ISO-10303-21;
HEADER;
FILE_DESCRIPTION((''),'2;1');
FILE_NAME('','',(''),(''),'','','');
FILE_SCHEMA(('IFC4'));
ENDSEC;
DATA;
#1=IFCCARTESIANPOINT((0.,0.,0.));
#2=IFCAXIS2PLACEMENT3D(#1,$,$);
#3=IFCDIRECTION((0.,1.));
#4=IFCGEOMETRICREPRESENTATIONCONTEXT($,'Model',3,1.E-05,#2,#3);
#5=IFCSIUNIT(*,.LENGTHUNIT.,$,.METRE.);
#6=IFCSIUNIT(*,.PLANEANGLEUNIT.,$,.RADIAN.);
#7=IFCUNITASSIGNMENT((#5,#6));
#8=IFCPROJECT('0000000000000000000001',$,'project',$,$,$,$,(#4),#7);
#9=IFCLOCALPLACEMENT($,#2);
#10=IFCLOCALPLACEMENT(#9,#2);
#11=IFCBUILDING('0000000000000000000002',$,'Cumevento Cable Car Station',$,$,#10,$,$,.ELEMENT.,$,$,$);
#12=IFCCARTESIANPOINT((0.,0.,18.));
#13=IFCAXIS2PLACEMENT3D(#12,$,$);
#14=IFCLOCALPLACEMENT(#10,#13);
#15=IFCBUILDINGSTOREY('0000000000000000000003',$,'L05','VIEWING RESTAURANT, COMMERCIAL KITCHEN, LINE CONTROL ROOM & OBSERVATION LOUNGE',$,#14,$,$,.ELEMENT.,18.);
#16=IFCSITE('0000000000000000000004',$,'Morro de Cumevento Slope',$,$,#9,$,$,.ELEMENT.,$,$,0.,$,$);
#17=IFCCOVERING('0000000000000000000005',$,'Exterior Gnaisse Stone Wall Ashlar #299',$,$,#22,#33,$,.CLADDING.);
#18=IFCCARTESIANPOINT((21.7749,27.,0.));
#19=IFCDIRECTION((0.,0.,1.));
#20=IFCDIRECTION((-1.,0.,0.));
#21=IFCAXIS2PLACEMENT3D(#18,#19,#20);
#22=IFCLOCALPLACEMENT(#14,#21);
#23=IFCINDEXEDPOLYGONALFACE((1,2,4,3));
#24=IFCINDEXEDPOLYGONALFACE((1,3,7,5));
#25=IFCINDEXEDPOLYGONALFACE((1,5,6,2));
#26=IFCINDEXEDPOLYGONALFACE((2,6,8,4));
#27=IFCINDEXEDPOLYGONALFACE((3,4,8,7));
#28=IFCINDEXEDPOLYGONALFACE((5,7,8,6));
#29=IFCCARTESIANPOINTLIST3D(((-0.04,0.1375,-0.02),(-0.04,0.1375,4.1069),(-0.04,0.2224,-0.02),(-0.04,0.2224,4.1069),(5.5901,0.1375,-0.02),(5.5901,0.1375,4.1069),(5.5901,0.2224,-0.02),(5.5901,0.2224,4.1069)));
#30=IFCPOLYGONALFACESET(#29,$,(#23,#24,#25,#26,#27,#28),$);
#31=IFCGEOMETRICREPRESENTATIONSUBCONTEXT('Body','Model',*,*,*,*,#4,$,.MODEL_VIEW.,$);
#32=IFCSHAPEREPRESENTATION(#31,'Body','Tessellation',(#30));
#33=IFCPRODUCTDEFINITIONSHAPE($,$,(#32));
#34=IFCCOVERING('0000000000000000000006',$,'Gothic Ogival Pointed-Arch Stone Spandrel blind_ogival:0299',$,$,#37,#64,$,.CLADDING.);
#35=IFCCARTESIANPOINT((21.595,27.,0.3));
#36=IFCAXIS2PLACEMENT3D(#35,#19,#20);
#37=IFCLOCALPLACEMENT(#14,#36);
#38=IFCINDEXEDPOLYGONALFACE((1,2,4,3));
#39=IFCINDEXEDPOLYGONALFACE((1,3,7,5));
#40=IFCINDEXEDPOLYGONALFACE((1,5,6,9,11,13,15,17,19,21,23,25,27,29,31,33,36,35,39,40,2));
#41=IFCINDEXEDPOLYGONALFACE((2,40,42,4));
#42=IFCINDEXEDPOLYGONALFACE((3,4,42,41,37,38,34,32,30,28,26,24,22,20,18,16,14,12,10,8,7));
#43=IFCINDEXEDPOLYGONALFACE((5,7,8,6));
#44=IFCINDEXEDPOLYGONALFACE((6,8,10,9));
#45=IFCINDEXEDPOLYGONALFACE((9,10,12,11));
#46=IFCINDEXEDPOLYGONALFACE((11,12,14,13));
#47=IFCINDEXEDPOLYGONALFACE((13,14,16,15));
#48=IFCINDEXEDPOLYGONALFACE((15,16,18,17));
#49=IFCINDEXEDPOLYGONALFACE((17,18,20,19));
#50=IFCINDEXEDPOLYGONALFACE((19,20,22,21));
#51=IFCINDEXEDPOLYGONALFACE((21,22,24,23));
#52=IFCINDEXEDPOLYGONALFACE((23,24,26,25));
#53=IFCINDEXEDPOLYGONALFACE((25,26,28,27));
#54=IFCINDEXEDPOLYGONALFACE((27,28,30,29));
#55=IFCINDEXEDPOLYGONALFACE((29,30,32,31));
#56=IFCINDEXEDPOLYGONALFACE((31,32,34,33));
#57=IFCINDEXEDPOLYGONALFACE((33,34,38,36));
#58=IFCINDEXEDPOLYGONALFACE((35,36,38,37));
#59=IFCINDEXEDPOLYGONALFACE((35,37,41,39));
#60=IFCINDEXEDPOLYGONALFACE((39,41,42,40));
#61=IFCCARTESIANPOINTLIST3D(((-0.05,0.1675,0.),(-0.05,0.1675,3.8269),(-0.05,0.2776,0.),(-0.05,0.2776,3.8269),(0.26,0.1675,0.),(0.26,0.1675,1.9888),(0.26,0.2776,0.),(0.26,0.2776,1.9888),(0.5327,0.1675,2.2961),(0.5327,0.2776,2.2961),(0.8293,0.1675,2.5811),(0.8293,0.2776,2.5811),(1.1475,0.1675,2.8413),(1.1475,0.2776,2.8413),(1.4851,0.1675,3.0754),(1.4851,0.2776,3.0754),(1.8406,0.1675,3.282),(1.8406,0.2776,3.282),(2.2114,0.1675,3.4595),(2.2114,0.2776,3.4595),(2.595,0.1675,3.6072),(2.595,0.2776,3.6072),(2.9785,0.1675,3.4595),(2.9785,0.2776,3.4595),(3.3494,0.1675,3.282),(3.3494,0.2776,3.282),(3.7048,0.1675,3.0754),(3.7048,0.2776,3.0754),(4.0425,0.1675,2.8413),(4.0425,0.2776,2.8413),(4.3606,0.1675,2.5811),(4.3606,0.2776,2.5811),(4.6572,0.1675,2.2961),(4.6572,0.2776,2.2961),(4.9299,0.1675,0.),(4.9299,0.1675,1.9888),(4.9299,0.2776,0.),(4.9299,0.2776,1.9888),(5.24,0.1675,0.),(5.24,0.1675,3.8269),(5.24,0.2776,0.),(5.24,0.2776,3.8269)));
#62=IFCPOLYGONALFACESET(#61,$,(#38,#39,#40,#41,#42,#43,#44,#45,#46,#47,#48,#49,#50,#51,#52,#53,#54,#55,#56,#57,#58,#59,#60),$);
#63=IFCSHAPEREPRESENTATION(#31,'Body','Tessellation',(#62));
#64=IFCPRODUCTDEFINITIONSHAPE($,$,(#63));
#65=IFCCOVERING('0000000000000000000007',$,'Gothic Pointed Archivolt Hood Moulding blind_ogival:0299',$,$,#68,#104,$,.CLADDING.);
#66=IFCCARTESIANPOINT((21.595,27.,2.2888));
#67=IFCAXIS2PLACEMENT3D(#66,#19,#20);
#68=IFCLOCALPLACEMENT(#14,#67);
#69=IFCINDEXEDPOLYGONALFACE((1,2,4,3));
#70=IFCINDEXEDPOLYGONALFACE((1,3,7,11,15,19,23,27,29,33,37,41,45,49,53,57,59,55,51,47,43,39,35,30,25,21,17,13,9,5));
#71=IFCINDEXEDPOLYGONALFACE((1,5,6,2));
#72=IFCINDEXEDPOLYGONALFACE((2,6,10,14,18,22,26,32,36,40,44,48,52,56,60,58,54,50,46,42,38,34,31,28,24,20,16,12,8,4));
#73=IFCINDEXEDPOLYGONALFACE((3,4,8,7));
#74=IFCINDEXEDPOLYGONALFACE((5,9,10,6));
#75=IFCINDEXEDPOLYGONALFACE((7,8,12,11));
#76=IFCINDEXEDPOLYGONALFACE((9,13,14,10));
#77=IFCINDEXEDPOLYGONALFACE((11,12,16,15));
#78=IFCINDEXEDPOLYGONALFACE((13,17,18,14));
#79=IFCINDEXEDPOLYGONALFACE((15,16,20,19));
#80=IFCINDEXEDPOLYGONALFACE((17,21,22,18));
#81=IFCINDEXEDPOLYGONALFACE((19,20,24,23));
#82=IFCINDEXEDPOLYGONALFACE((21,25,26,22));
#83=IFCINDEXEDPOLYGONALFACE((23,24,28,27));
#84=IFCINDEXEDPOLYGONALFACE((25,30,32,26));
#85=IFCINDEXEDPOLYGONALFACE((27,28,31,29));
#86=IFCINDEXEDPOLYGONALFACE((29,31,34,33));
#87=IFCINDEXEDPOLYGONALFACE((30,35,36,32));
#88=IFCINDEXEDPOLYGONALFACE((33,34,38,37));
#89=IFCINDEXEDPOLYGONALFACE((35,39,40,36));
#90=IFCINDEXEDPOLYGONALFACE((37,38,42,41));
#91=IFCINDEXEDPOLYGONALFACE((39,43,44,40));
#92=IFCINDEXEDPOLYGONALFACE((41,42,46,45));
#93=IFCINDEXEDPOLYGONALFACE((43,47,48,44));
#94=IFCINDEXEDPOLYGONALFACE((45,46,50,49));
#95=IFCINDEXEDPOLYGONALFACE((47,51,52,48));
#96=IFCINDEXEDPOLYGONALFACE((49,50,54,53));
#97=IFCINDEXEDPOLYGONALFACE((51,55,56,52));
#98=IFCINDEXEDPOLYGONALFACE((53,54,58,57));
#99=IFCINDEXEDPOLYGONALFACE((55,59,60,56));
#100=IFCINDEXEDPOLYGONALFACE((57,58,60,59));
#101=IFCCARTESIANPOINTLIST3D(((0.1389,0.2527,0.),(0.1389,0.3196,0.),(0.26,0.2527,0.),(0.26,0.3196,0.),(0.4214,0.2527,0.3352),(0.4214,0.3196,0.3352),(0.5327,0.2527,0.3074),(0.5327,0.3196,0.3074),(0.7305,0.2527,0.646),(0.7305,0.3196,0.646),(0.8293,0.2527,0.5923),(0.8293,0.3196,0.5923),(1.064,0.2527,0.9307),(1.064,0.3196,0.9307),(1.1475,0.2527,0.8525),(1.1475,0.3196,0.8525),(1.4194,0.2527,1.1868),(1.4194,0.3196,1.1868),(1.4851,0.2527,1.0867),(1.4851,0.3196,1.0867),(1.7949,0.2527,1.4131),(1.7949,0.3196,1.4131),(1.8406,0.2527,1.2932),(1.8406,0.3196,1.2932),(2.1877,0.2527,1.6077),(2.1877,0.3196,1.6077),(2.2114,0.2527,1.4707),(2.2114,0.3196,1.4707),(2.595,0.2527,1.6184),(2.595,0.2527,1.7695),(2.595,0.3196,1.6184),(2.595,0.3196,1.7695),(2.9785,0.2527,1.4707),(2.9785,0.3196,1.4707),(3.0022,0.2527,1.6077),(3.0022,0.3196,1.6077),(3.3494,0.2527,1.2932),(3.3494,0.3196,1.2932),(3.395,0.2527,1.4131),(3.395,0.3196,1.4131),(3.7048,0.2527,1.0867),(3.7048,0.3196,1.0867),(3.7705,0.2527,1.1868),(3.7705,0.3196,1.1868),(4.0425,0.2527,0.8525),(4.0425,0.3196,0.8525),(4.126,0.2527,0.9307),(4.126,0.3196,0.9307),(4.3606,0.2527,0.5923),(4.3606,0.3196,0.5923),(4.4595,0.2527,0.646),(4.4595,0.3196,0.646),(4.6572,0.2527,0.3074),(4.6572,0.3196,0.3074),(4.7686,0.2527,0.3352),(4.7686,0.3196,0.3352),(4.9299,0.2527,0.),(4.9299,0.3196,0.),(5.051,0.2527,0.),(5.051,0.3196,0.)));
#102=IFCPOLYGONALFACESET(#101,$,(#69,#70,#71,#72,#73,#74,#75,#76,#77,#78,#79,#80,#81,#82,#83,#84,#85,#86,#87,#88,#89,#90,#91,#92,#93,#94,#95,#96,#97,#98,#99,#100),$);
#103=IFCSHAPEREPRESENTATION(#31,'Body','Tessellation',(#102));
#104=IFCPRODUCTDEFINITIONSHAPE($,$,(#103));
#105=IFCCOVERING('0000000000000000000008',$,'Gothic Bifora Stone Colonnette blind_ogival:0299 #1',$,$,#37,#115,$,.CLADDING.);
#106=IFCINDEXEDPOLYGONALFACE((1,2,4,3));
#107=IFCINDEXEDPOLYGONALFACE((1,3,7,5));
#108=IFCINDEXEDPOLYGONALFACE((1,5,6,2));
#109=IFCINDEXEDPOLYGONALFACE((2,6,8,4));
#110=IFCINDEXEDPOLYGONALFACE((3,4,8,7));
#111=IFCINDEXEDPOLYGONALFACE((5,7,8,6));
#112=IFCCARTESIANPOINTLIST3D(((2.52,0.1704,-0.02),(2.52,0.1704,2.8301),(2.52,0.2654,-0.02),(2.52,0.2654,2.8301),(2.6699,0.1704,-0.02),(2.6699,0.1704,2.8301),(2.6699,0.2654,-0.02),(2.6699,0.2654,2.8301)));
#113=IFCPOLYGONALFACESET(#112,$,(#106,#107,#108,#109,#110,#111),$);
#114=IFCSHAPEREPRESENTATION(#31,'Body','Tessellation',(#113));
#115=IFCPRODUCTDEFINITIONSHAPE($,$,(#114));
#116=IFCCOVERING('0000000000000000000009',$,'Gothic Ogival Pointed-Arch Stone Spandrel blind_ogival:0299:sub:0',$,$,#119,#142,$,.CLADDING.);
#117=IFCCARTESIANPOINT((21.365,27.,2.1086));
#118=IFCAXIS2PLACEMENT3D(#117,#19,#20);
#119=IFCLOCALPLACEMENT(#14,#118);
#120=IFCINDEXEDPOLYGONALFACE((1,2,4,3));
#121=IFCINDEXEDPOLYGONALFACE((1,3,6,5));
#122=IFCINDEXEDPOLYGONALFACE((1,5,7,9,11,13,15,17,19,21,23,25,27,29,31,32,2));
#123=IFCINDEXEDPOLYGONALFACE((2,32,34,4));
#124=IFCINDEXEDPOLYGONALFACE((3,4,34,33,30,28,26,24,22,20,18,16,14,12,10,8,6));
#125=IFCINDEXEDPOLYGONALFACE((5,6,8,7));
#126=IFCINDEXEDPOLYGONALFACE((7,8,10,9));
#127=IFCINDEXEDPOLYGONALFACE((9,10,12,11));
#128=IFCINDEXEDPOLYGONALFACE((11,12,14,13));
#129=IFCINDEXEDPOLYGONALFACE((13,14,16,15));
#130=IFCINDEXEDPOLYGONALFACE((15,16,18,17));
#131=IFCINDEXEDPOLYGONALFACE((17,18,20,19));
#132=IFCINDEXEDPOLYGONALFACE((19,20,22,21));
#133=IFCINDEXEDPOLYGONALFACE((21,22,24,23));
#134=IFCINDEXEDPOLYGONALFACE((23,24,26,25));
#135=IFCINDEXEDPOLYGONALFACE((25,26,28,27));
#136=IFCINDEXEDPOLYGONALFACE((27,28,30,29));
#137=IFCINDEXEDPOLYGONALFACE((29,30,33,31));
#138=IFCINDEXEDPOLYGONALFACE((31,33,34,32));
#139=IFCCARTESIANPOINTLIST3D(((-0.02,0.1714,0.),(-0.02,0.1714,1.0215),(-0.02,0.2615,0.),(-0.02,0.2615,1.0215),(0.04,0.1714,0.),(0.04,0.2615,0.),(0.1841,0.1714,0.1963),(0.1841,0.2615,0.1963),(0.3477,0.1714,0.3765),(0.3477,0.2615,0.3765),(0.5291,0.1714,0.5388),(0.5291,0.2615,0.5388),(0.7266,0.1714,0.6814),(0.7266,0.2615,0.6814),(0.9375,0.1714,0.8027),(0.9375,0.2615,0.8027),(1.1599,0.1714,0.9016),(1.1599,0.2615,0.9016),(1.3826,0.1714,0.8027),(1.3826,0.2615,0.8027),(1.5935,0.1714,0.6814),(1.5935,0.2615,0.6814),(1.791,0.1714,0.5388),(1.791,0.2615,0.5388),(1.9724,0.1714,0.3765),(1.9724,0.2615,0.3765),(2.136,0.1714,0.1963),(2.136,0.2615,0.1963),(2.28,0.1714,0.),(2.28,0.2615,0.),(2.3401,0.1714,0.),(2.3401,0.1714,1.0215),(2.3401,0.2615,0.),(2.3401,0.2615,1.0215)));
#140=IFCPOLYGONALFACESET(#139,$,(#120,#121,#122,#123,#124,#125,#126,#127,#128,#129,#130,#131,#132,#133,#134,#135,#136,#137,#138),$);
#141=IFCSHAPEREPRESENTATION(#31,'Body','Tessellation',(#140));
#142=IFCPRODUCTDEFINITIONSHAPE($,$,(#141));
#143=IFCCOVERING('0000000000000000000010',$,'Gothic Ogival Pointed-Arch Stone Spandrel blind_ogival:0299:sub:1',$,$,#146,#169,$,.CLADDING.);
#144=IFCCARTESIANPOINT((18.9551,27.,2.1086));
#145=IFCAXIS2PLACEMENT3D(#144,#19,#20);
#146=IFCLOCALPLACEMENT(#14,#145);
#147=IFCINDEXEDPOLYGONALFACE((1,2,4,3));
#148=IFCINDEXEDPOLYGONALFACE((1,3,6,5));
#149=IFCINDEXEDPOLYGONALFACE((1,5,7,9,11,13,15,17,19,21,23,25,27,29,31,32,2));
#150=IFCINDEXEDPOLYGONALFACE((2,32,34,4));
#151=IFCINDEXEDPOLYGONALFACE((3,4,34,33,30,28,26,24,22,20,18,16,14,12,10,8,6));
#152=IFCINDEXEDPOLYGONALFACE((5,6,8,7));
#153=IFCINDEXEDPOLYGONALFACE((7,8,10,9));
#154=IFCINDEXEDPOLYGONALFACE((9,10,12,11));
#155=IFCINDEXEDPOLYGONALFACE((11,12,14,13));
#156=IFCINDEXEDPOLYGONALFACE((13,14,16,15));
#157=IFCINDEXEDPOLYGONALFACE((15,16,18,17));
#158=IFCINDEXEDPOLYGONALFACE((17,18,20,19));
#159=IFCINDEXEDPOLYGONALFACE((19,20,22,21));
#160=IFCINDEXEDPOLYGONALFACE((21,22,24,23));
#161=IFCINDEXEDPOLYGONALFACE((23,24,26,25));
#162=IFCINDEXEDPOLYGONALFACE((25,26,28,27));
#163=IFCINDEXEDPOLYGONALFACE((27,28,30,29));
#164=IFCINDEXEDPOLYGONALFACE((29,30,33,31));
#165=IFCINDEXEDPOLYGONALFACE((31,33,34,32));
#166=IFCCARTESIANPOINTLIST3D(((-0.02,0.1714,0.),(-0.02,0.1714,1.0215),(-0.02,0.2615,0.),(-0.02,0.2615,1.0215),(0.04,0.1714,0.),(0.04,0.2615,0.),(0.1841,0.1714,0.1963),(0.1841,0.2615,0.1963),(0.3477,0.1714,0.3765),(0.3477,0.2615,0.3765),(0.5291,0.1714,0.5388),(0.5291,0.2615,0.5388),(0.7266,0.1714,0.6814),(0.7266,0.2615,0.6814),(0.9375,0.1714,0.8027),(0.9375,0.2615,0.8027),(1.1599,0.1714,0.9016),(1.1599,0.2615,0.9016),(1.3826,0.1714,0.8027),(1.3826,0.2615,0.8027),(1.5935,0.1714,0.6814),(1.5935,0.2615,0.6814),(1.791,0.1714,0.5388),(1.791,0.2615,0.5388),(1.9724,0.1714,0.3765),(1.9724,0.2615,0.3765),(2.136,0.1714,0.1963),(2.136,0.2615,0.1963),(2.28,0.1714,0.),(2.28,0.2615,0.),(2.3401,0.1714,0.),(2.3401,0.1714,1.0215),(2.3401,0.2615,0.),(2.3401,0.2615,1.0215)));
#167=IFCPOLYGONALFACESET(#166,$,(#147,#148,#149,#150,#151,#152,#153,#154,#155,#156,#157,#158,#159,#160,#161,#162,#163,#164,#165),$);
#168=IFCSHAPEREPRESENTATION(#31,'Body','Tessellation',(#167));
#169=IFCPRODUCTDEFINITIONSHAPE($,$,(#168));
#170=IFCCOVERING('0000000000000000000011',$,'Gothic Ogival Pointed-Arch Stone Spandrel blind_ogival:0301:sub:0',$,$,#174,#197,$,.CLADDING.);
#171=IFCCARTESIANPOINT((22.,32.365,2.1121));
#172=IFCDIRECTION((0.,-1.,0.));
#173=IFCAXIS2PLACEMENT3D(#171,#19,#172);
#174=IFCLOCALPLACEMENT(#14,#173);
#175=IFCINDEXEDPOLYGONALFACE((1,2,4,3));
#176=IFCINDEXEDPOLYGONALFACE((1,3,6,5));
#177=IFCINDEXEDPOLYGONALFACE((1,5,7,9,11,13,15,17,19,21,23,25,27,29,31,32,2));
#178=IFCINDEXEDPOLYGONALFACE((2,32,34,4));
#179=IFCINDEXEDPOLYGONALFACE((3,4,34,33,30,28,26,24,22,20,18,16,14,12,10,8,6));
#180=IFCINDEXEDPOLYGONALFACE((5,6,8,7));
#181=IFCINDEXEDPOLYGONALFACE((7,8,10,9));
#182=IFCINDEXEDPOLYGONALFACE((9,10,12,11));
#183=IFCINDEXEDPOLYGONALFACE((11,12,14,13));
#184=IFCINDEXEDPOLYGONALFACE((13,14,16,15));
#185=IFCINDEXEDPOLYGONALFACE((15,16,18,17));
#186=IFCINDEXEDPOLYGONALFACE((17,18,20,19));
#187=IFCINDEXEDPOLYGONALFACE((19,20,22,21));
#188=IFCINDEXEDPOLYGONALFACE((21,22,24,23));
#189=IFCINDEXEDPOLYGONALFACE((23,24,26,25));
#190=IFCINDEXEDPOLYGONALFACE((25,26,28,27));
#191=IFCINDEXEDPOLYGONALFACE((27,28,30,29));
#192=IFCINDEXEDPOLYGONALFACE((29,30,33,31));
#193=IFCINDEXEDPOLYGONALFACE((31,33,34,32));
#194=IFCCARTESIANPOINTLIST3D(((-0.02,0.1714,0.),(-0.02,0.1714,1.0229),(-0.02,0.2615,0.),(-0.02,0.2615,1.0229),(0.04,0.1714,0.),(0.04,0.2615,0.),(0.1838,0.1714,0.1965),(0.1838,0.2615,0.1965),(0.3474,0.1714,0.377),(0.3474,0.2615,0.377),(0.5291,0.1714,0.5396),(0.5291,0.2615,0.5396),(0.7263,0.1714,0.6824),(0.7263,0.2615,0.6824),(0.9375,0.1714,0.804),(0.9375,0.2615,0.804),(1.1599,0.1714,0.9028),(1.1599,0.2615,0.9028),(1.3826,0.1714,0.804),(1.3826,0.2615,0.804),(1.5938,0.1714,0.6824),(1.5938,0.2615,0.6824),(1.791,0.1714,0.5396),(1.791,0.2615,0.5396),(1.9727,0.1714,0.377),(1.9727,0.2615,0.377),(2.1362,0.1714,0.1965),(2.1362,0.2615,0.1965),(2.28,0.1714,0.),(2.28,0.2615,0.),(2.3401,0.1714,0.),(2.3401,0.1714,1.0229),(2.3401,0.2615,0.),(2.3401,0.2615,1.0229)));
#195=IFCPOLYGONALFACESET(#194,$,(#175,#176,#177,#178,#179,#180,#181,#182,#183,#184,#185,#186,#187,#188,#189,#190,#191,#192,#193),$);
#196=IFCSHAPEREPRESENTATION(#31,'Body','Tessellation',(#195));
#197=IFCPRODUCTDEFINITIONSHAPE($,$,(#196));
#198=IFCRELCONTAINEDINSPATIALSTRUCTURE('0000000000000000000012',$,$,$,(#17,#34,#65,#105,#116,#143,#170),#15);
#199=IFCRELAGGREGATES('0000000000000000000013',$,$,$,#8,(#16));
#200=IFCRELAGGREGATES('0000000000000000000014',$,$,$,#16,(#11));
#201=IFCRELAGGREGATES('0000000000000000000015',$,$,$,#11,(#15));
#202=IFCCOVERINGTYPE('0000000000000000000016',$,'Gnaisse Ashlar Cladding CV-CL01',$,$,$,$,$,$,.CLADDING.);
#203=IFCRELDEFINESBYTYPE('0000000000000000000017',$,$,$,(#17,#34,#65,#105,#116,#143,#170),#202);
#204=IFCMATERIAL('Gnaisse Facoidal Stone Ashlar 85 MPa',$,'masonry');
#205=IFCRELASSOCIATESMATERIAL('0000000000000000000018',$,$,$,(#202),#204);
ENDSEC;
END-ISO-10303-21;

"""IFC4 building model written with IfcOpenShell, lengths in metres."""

from ifc_helpers import new_model, si_unit, direction, frame, origin, place, context, subcontext, project, spatial, polyline, outline, extrude, material, type_object, element, save


model = new_model("IFC4")

# Units and contexts
model_context = context("Model", 3, precision=1e-05, world=origin(), true_north=direction((0.0, 1.0)))
body_context = subcontext(model_context, "Body", "Model", "MODEL_VIEW")
ifc_project = project(units=[si_unit("LENGTHUNIT", "METRE"), si_unit("PLANEANGLEUNIT", "RADIAN")], contexts=[model_context])

# Site, building, storey
site_placement = place(None, origin())
site = spatial("IfcSite", under=ifc_project, at=site_placement, Name="Morro de Cumevento Slope", CompositionType="ELEMENT", RefElevation=0.0)
building_placement = place(site_placement, origin())
building = spatial("IfcBuilding", under=site, at=building_placement, Name="Cumevento Cable Car Station", CompositionType="ELEMENT")
storey_placement = place(building_placement, frame((0.0, 0.0, 18.0)))
storey = spatial("IfcBuildingStorey", under=building, at=storey_placement, Name="L05", Description="VIEWING RESTAURANT, COMMERCIAL KITCHEN, LINE CONTROL ROOM & OBSERVATION LOUNGE", CompositionType="ELEMENT", Elevation=18.0)

# Coverings
ifc_material_1 = material(Name="Gnaisse Facoidal Stone Ashlar 85 MPa", Category="masonry")
covering_type = type_object("IfcCoveringType", Name="Gnaisse Ashlar Cladding CV-CL01", PredefinedType="CLADDING", material=ifc_material_1)
covering_1_placement = place(storey_placement, frame((21.7749, 27.0, 0.0), z_axis=(0.0, 0.0, 1.0), x_axis=(-1.0, 0.0, 0.0)))
element("IfcCovering", 1, at=covering_1_placement, inside=storey, type_object=covering_type, Name="Exterior Gnaisse Stone Wall Ashlar #299", PredefinedType="CLADDING", context=body_context, shape_type="SweptSolid", body=[
    extrude(outline(polyline([(-0.04, -0.02), (5.5901, -0.02), (5.5901, 4.1069), (-0.04, 4.1069), (-0.04, -0.02)])), frame((0.0, 0.2224, 0.0), z_axis=(0.0, -1.0, 0.0), x_axis=(1.0, 0.0, 0.0)), (0.0, 0.0, 1.0), 0.085),
])
placement = place(storey_placement, frame((21.595, 27.0, 0.3), z_axis=(0.0, 0.0, 1.0), x_axis=(-1.0, 0.0, 0.0)))
element("IfcCovering", 2, at=placement, inside=storey, type_object=covering_type, Name="Gothic Ogival Pointed-Arch Stone Spandrel blind_ogival:0299", PredefinedType="CLADDING", context=body_context, shape_type="SweptSolid", body=[
    extrude(outline(polyline([(-0.05, 0.0), (-0.05, 3.8269), (5.24, 3.8269), (5.24, 0.0), (4.9299, 0.0), (4.9299, 1.9888), (4.6572, 2.2961), (4.3606, 2.5811), (4.0425, 2.8413), (3.7048, 3.0754), (3.3494, 3.282), (2.9785, 3.4595), (2.595, 3.6072), (2.2114, 3.4595), (1.8406, 3.282), (1.4851, 3.0754), (1.1475, 2.8413), (0.8293, 2.5811), (0.5327, 2.2961), (0.26, 1.9888), (0.26, 0.0), (-0.05, 0.0)])), frame((0.0, 0.2776, 0.0), z_axis=(0.0, -1.0, 0.0), x_axis=(1.0, 0.0, 0.0)), (0.0, 0.0, 1.0), 0.1101),
])
covering_2_placement = place(storey_placement, frame((21.595, 27.0, 2.2888), z_axis=(0.0, 0.0, 1.0), x_axis=(-1.0, 0.0, 0.0)))
element("IfcCovering", 3, at=covering_2_placement, inside=storey, type_object=covering_type, Name="Gothic Pointed Archivolt Hood Moulding blind_ogival:0299", PredefinedType="CLADDING", context=body_context, shape_type="SweptSolid", body=[
    extrude(outline(polyline([(0.26, 0.0), (0.5327, 0.3074), (0.8293, 0.5923), (1.1475, 0.8525), (1.4851, 1.0867), (1.8406, 1.2932), (2.2114, 1.4707), (2.595, 1.6184), (2.9785, 1.4707), (3.3494, 1.2932), (3.7048, 1.0867), (4.0425, 0.8525), (4.3606, 0.5923), (4.6572, 0.3074), (4.9299, 0.0), (5.051, 0.0), (4.7686, 0.3352), (4.4595, 0.646), (4.126, 0.9307), (3.7705, 1.1868), (3.395, 1.4131), (3.0022, 1.6077), (2.595, 1.7695), (2.1877, 1.6077), (1.7949, 1.4131), (1.4194, 1.1868), (1.064, 0.9307), (0.7305, 0.646), (0.4214, 0.3352), (0.1389, 0.0), (0.26, 0.0)])), frame((0.0, 0.3196, 0.0), z_axis=(0.0, -1.0, 0.0), x_axis=(1.0, 0.0, 0.0)), (0.0, 0.0, 1.0), 0.0669),
])
element("IfcCovering", 4, at=placement, inside=storey, type_object=covering_type, Name="Gothic Bifora Stone Colonnette blind_ogival:0299 #1", PredefinedType="CLADDING", context=body_context, shape_type="SweptSolid", body=[
    extrude(outline(polyline([(2.52, -0.02), (2.6699, -0.02), (2.6699, 2.8301), (2.52, 2.8301), (2.52, -0.02)])), frame((0.0, 0.2654, 0.0), z_axis=(0.0, -1.0, 0.0), x_axis=(1.0, 0.0, 0.0)), (0.0, 0.0, 1.0), 0.095),
])
for number, where, z_axis, x_axis, name in (
    (5, (21.365, 27.0, 2.1086), (0.0, 0.0, 1.0), (-1.0, 0.0, 0.0), "Gothic Ogival Pointed-Arch Stone Spandrel blind_ogival:0299:sub:0"),
    (6, (18.9551, 27.0, 2.1086), (0.0, 0.0, 1.0), (-1.0, 0.0, 0.0), "Gothic Ogival Pointed-Arch Stone Spandrel blind_ogival:0299:sub:1"),
):
    element("IfcCovering", number, at=place(storey_placement, frame(where, z_axis=z_axis, x_axis=x_axis)), inside=storey, type_object=covering_type, Name=name, PredefinedType="CLADDING", context=body_context, shape_type="SweptSolid", body=[
        extrude(outline(polyline([(-0.02, 0.0), (-0.02, 1.0215), (2.3401, 1.0215), (2.3401, 0.0), (2.28, 0.0), (2.136, 0.1963), (1.9724, 0.3765), (1.791, 0.5388), (1.5935, 0.6814), (1.3826, 0.8027), (1.1599, 0.9016), (0.9375, 0.8027), (0.7266, 0.6814), (0.5291, 0.5388), (0.3477, 0.3765), (0.1841, 0.1963), (0.04, 0.0), (-0.02, 0.0)])), frame((0.0, 0.2615, 0.0), z_axis=(0.0, -1.0, 0.0), x_axis=(1.0, 0.0, 0.0)), (0.0, 0.0, 1.0), 0.0901),
    ])
for number, where, z_axis, x_axis, name in (
    (7, (22.0, 32.365, 2.1121), (0.0, 0.0, 1.0), (0.0, -1.0, 0.0), "Gothic Ogival Pointed-Arch Stone Spandrel blind_ogival:0301:sub:0"),
):
    element("IfcCovering", number, at=place(storey_placement, frame(where, z_axis=z_axis, x_axis=x_axis)), inside=storey, type_object=covering_type, Name=name, PredefinedType="CLADDING", context=body_context, shape_type="SweptSolid", body=[
        extrude(outline(polyline([(-0.02, 0.0), (-0.02, 1.0229), (2.3401, 1.0229), (2.3401, 0.0), (2.28, 0.0), (2.1362, 0.1965), (1.9727, 0.377), (1.791, 0.5396), (1.5938, 0.6824), (1.3826, 0.804), (1.1599, 0.9028), (0.9375, 0.804), (0.7263, 0.6824), (0.5291, 0.5396), (0.3474, 0.377), (0.1838, 0.1965), (0.04, 0.0), (-0.02, 0.0)])), frame((0.0, 0.2615, 0.0), z_axis=(0.0, -1.0, 0.0), x_axis=(1.0, 0.0, 0.0)), (0.0, 0.0, 1.0), 0.0901),
    ])

save(model, "model.ifc")
